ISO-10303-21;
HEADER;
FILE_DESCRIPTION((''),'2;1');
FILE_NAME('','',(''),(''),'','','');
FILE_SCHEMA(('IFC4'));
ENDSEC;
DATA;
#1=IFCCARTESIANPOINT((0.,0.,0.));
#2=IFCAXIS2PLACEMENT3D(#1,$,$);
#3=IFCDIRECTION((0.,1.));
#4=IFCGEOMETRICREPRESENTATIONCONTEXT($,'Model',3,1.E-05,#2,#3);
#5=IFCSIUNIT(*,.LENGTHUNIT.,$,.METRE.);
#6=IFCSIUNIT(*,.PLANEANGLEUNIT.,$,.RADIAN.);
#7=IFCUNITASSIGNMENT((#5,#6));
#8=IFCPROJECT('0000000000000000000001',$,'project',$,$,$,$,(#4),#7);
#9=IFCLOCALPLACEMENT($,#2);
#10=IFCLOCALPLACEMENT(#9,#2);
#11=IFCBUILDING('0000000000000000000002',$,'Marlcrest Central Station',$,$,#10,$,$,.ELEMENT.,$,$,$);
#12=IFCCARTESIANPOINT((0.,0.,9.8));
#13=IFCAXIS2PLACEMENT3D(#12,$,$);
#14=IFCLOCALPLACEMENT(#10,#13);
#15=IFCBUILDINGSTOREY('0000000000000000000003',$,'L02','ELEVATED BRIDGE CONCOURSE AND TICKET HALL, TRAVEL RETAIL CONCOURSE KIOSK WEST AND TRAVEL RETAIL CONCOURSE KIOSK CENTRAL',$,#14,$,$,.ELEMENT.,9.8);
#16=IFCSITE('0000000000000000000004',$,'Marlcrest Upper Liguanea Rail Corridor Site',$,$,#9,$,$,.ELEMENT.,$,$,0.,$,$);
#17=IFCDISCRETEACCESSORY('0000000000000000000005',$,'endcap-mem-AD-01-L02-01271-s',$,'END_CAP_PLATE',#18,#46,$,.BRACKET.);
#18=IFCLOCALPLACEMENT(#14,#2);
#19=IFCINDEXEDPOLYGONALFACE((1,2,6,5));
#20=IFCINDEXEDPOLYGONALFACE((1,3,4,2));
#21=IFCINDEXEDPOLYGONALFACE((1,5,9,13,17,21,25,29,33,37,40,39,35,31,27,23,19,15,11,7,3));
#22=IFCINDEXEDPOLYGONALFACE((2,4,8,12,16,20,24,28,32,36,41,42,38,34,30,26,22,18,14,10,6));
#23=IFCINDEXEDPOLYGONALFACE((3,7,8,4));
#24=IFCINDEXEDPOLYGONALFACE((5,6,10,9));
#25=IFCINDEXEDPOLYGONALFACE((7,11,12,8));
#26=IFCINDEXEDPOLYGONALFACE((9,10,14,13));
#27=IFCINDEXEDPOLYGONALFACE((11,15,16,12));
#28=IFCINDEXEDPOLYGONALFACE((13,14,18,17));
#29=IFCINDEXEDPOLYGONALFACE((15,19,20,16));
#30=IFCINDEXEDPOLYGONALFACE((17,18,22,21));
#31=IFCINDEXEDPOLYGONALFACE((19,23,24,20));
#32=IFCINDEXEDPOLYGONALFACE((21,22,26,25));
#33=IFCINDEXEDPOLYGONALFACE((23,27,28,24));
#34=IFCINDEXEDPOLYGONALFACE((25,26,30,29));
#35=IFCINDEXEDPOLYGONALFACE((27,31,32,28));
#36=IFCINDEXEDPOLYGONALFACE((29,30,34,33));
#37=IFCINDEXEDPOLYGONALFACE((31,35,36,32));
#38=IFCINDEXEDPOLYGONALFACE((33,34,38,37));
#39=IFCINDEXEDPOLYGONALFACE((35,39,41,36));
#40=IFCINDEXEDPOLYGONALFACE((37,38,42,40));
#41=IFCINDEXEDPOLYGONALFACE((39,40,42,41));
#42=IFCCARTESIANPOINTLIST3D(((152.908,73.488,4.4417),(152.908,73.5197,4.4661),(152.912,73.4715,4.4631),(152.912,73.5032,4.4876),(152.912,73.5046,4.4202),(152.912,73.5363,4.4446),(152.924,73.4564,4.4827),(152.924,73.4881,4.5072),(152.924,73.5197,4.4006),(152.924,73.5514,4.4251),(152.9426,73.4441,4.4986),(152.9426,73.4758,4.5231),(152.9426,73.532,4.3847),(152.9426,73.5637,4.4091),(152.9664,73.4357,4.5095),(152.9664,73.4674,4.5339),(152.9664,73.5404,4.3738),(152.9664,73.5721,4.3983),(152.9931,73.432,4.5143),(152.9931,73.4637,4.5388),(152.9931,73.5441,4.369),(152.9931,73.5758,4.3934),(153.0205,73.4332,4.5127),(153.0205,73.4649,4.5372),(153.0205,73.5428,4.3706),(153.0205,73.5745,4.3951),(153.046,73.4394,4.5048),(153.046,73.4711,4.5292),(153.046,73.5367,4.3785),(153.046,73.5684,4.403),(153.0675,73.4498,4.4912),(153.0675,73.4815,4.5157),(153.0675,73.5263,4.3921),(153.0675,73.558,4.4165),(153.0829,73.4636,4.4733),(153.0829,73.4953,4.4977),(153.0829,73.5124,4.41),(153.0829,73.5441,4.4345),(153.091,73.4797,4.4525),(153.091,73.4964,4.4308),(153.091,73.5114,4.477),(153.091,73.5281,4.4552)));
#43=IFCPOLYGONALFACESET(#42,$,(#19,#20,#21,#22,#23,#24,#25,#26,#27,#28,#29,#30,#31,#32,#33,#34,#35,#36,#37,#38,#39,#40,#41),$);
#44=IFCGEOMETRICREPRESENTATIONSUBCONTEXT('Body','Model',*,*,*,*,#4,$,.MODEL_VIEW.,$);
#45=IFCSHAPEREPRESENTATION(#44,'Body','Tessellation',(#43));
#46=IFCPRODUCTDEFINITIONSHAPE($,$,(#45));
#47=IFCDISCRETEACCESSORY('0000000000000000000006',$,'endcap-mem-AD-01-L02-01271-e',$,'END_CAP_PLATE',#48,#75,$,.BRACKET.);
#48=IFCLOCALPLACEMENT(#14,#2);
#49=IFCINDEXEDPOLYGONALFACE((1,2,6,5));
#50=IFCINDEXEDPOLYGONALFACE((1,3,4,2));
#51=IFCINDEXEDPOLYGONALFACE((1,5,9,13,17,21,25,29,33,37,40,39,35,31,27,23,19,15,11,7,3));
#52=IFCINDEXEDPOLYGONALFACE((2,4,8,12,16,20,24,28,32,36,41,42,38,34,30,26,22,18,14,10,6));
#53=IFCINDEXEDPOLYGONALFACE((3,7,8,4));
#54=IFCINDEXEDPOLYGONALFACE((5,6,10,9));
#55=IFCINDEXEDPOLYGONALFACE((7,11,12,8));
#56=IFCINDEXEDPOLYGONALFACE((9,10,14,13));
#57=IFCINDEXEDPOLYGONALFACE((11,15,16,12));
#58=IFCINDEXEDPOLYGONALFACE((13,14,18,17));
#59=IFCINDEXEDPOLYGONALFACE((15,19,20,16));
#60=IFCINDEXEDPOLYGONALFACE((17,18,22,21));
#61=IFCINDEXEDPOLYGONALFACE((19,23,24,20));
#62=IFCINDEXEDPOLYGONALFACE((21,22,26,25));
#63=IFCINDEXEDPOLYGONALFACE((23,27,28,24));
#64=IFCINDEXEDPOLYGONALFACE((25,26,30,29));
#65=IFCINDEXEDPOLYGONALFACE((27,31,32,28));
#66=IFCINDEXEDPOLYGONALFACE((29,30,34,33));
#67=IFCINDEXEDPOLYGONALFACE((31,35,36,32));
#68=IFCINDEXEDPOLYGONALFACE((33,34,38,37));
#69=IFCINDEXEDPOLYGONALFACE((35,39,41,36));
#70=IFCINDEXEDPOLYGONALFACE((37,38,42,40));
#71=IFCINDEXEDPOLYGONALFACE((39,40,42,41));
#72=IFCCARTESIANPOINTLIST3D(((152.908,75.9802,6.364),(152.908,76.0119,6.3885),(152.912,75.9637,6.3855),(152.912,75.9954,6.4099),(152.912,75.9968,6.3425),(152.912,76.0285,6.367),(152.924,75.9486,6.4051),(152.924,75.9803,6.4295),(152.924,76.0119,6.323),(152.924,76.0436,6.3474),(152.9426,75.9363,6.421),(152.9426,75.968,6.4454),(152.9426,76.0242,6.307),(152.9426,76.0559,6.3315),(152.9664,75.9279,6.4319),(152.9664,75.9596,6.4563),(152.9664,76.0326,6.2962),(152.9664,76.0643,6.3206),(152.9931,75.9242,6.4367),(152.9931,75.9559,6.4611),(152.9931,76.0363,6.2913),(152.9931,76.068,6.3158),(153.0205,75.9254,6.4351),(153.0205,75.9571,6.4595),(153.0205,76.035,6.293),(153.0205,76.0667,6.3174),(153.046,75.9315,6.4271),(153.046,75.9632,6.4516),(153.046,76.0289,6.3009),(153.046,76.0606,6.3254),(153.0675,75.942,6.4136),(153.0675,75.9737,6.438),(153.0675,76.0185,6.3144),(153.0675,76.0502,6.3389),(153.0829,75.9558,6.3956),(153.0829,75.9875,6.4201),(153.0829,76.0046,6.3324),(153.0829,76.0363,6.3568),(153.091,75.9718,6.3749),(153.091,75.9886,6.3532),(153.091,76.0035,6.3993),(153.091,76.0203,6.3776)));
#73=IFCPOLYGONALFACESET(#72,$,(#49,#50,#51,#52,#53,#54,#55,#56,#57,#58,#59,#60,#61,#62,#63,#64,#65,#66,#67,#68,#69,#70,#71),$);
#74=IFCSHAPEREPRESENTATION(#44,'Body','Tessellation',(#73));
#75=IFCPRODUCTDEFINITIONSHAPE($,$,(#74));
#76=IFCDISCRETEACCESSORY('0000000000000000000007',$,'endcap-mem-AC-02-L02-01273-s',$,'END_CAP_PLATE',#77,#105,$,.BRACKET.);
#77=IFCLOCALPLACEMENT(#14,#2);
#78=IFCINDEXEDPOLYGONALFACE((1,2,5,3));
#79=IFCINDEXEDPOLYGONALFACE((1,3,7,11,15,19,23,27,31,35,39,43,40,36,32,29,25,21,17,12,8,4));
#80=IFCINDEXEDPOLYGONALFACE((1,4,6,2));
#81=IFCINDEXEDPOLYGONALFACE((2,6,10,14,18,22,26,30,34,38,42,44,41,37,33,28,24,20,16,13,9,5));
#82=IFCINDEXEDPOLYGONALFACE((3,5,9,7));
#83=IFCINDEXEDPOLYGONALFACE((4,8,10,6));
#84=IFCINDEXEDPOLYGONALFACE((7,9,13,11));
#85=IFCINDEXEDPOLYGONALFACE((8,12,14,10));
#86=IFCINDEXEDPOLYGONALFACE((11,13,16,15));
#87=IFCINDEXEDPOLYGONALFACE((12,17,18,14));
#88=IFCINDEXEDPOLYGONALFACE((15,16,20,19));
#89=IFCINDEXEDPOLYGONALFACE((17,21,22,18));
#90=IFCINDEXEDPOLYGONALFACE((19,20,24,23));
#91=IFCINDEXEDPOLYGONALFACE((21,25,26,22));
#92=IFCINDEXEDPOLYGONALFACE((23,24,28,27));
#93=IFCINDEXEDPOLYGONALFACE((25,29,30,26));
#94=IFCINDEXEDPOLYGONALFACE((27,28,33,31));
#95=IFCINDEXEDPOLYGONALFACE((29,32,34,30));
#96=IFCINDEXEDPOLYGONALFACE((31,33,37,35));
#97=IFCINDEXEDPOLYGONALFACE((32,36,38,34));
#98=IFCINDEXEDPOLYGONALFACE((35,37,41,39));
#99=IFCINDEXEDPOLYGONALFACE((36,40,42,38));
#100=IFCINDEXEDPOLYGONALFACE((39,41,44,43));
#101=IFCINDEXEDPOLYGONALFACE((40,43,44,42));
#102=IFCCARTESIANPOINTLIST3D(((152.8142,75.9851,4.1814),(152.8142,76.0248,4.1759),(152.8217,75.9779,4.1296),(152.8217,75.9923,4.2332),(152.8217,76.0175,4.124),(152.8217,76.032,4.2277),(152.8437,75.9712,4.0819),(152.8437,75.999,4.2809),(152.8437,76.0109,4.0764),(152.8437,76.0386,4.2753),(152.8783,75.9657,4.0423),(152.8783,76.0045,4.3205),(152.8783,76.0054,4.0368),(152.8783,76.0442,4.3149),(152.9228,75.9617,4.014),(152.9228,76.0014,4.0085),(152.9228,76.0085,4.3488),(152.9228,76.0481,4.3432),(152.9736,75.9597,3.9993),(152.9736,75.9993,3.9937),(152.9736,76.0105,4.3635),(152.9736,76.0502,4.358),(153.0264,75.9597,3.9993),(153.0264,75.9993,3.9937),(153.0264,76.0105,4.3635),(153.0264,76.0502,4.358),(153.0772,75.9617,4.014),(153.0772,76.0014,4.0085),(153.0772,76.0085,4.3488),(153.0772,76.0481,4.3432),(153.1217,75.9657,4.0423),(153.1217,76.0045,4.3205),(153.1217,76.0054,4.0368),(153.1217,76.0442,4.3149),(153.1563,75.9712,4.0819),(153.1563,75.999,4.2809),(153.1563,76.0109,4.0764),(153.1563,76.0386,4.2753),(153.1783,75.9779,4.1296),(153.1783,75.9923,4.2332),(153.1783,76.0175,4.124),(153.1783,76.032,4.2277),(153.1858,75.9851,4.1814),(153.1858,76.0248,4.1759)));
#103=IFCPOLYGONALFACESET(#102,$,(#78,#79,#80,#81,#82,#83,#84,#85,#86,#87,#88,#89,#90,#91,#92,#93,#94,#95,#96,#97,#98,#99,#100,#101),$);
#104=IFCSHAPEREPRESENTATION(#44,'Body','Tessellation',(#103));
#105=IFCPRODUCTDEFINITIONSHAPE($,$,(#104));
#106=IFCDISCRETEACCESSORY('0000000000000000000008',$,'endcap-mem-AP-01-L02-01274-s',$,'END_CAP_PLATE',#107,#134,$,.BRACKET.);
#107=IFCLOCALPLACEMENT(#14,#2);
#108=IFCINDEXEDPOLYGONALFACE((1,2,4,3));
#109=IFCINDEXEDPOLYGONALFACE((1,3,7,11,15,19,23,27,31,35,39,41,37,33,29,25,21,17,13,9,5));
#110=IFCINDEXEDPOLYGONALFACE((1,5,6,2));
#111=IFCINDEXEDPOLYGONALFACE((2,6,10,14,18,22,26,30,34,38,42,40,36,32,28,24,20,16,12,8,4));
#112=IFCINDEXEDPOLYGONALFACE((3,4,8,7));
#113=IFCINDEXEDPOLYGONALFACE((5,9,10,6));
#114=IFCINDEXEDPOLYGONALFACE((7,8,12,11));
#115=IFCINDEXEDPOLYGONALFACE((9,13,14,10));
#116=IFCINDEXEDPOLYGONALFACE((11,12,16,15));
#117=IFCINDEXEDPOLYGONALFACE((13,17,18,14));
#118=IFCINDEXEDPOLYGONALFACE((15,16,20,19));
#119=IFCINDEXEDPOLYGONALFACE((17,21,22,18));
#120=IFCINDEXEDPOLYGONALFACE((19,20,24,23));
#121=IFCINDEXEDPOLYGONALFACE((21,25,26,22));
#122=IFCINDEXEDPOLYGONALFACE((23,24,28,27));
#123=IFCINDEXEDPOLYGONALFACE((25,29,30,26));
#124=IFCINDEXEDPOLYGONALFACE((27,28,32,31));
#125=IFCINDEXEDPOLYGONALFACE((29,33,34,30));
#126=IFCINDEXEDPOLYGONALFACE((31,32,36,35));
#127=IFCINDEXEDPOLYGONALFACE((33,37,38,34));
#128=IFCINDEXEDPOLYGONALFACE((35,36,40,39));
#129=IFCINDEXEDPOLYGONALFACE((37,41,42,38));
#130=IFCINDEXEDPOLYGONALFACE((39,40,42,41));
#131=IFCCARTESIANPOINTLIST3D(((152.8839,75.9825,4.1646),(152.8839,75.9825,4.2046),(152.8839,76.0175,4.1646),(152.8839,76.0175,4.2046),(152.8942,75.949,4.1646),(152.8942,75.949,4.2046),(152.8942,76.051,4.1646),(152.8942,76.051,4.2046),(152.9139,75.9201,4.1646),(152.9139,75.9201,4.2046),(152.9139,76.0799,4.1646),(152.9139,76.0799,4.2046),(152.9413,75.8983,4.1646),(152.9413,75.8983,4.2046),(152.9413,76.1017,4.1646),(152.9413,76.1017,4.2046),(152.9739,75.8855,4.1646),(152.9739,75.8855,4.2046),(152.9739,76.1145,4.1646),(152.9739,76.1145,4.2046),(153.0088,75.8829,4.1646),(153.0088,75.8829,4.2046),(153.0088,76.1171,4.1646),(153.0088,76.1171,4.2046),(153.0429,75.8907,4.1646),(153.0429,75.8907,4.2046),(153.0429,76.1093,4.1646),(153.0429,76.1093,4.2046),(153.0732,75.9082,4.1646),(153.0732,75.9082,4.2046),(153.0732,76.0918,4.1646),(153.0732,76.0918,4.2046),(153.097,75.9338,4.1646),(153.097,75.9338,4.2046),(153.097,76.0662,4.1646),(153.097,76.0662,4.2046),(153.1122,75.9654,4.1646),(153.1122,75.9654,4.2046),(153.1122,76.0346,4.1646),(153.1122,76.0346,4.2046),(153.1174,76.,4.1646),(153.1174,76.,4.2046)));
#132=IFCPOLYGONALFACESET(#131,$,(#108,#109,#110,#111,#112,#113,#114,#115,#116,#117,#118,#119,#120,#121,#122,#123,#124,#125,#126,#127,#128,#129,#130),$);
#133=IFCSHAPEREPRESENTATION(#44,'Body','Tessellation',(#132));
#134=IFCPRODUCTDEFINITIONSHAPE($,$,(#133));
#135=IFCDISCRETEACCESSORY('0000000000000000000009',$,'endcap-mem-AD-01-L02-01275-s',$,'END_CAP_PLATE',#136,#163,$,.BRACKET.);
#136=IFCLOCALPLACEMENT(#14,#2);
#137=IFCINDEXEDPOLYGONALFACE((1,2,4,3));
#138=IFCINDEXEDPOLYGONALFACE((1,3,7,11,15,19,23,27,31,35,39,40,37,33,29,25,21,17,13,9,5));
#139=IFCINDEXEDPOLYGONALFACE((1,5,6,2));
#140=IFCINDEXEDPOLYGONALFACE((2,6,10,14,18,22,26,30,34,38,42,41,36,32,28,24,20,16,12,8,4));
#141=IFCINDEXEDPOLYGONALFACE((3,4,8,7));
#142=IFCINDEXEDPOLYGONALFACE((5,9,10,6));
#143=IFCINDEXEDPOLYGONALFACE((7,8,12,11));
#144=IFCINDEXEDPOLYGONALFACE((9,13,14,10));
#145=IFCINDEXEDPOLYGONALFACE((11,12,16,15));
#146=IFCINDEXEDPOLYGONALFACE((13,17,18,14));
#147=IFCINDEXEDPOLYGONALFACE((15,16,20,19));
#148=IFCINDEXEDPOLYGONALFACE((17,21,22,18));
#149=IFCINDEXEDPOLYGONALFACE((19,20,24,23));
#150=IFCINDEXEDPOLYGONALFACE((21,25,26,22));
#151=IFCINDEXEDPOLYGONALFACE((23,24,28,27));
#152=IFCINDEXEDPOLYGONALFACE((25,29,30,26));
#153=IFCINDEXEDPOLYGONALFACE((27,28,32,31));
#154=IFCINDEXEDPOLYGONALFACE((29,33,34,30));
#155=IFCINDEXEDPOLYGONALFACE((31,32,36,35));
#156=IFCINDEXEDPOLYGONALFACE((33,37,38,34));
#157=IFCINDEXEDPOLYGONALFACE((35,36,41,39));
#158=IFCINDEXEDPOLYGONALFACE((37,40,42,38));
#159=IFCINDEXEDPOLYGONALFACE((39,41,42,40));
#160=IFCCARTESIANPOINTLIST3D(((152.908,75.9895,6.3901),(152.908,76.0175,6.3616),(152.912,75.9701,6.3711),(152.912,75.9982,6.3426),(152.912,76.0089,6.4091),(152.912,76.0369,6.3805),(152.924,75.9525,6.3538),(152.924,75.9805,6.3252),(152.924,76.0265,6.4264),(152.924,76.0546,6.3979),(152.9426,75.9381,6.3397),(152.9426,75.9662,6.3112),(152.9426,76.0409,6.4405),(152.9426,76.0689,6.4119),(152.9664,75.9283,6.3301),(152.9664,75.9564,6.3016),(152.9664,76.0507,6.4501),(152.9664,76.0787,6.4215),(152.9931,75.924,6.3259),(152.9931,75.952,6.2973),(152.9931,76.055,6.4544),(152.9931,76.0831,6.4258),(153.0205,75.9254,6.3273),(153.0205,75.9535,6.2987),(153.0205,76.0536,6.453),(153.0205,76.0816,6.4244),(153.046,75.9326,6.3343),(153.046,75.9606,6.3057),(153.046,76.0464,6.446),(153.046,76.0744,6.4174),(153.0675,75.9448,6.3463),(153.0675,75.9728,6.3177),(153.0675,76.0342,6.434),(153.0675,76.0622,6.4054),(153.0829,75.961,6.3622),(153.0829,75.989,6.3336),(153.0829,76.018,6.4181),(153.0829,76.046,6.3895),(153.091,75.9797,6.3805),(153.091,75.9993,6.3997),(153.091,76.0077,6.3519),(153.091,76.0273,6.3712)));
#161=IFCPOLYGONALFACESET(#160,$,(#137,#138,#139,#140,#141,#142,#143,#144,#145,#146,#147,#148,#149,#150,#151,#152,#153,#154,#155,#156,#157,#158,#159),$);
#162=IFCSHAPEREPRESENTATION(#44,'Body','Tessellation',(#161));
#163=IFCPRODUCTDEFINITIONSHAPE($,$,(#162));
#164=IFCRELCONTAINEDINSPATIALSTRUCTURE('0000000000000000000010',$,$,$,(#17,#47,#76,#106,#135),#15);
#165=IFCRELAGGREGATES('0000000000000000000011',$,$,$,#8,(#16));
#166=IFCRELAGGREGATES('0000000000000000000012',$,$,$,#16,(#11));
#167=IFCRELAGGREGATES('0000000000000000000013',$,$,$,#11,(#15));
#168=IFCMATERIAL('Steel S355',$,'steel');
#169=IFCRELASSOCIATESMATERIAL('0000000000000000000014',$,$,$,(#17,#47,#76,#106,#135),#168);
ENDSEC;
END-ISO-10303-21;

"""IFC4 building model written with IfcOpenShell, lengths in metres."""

from ifc_helpers import new_model, si_unit, direction, frame, origin, origin_2d, place, context, subcontext, project, spatial, circle, extrude, material, element, save


model = new_model("IFC4")

# Units and contexts
model_context = context("Model", 3, precision=1e-05, world=origin(), true_north=direction((0.0, 1.0)))
body_context = subcontext(model_context, "Body", "Model", "MODEL_VIEW")
ifc_project = project(units=[si_unit("LENGTHUNIT", "METRE"), si_unit("PLANEANGLEUNIT", "RADIAN")], contexts=[model_context])

# Site, building, storey
site_placement = place(None, origin())
site = spatial("IfcSite", under=ifc_project, at=site_placement, Name="Marlcrest Upper Liguanea Rail Corridor Site", CompositionType="ELEMENT", RefElevation=0.0)
building_placement = place(site_placement, origin())
building = spatial("IfcBuilding", under=site, at=building_placement, Name="Marlcrest Central Station", CompositionType="ELEMENT")
storey_placement = place(building_placement, frame((0.0, 0.0, 9.8)))
storey = spatial("IfcBuildingStorey", under=building, at=storey_placement, Name="L02", Description="ELEVATED BRIDGE CONCOURSE AND TICKET HALL, TRAVEL RETAIL CONCOURSE KIOSK WEST AND TRAVEL RETAIL CONCOURSE KIOSK CENTRAL", CompositionType="ELEMENT", Elevation=9.8)

# Shared definitions
ifc_material = material(Name="Steel S355", Category="steel")

# Discrete accessories
for number, where, z_axis, x_axis, name in (
    (1, (153.0, 73.488, 4.4417), (0.0, 0.791798, 0.610783), (-1.0, 0.0, 0.0), "endcap-mem-AD-01-L02-01271-s"),
    (2, (153.0, 75.9802, 6.364), (0.0, 0.791798, 0.610783), (-1.0, 0.0, 0.0), "endcap-mem-AD-01-L02-01271-e"),
):
    element("IfcDiscreteAccessory", number, at=place(storey_placement, frame(where, z_axis=z_axis, x_axis=x_axis)), inside=storey, material=ifc_material, Name=name, ObjectType="END_CAP_PLATE", PredefinedType="BRACKET", context=body_context, shape_type="SweptSolid", body=[
        extrude(circle(Radius=0.092, at=origin_2d()), origin(), (0.0, 0.0, 1.0), 0.04),
    ])
discrete_accessory_1_placement = place(storey_placement, frame((153.0, 75.9851, 4.1814), z_axis=(0.0, 0.990403, -0.138211), x_axis=(-1.0, 0.0, 0.0)))
element("IfcDiscreteAccessory", 3, at=discrete_accessory_1_placement, inside=storey, material=ifc_material, Name="endcap-mem-AC-02-L02-01273-s", ObjectType="END_CAP_PLATE", PredefinedType="BRACKET", context=body_context, shape_type="SweptSolid", body=[
    extrude(circle(Radius=0.1858, at=origin_2d()), origin(), (0.0, 0.0, 1.0), 0.04),
])
discrete_accessory_2_placement = place(storey_placement, frame((153.0, 76.0, 4.1646), z_axis=(0.0, 0.0, 1.0), x_axis=(1.0, 0.0, 0.0)))
element("IfcDiscreteAccessory", 4, at=discrete_accessory_2_placement, inside=storey, material=ifc_material, Name="endcap-mem-AP-01-L02-01274-s", ObjectType="END_CAP_PLATE", PredefinedType="BRACKET", context=body_context, shape_type="SweptSolid", body=[
    extrude(circle(Radius=0.1174, at=origin_2d()), origin(), (0.0, 0.0, 1.0), 0.04),
])
discrete_accessory_3_placement = place(storey_placement, frame((153.0, 75.9895, 6.3901), z_axis=(0.0, 0.700235, -0.713912), x_axis=(-1.0, 0.0, 0.0)))
element("IfcDiscreteAccessory", 5, at=discrete_accessory_3_placement, inside=storey, material=ifc_material, Name="endcap-mem-AD-01-L02-01275-s", ObjectType="END_CAP_PLATE", PredefinedType="BRACKET", context=body_context, shape_type="SweptSolid", body=[
    extrude(circle(Radius=0.092, at=origin_2d()), origin(), (0.0, 0.0, 1.0), 0.04),
])

save(model, "model.ifc")
